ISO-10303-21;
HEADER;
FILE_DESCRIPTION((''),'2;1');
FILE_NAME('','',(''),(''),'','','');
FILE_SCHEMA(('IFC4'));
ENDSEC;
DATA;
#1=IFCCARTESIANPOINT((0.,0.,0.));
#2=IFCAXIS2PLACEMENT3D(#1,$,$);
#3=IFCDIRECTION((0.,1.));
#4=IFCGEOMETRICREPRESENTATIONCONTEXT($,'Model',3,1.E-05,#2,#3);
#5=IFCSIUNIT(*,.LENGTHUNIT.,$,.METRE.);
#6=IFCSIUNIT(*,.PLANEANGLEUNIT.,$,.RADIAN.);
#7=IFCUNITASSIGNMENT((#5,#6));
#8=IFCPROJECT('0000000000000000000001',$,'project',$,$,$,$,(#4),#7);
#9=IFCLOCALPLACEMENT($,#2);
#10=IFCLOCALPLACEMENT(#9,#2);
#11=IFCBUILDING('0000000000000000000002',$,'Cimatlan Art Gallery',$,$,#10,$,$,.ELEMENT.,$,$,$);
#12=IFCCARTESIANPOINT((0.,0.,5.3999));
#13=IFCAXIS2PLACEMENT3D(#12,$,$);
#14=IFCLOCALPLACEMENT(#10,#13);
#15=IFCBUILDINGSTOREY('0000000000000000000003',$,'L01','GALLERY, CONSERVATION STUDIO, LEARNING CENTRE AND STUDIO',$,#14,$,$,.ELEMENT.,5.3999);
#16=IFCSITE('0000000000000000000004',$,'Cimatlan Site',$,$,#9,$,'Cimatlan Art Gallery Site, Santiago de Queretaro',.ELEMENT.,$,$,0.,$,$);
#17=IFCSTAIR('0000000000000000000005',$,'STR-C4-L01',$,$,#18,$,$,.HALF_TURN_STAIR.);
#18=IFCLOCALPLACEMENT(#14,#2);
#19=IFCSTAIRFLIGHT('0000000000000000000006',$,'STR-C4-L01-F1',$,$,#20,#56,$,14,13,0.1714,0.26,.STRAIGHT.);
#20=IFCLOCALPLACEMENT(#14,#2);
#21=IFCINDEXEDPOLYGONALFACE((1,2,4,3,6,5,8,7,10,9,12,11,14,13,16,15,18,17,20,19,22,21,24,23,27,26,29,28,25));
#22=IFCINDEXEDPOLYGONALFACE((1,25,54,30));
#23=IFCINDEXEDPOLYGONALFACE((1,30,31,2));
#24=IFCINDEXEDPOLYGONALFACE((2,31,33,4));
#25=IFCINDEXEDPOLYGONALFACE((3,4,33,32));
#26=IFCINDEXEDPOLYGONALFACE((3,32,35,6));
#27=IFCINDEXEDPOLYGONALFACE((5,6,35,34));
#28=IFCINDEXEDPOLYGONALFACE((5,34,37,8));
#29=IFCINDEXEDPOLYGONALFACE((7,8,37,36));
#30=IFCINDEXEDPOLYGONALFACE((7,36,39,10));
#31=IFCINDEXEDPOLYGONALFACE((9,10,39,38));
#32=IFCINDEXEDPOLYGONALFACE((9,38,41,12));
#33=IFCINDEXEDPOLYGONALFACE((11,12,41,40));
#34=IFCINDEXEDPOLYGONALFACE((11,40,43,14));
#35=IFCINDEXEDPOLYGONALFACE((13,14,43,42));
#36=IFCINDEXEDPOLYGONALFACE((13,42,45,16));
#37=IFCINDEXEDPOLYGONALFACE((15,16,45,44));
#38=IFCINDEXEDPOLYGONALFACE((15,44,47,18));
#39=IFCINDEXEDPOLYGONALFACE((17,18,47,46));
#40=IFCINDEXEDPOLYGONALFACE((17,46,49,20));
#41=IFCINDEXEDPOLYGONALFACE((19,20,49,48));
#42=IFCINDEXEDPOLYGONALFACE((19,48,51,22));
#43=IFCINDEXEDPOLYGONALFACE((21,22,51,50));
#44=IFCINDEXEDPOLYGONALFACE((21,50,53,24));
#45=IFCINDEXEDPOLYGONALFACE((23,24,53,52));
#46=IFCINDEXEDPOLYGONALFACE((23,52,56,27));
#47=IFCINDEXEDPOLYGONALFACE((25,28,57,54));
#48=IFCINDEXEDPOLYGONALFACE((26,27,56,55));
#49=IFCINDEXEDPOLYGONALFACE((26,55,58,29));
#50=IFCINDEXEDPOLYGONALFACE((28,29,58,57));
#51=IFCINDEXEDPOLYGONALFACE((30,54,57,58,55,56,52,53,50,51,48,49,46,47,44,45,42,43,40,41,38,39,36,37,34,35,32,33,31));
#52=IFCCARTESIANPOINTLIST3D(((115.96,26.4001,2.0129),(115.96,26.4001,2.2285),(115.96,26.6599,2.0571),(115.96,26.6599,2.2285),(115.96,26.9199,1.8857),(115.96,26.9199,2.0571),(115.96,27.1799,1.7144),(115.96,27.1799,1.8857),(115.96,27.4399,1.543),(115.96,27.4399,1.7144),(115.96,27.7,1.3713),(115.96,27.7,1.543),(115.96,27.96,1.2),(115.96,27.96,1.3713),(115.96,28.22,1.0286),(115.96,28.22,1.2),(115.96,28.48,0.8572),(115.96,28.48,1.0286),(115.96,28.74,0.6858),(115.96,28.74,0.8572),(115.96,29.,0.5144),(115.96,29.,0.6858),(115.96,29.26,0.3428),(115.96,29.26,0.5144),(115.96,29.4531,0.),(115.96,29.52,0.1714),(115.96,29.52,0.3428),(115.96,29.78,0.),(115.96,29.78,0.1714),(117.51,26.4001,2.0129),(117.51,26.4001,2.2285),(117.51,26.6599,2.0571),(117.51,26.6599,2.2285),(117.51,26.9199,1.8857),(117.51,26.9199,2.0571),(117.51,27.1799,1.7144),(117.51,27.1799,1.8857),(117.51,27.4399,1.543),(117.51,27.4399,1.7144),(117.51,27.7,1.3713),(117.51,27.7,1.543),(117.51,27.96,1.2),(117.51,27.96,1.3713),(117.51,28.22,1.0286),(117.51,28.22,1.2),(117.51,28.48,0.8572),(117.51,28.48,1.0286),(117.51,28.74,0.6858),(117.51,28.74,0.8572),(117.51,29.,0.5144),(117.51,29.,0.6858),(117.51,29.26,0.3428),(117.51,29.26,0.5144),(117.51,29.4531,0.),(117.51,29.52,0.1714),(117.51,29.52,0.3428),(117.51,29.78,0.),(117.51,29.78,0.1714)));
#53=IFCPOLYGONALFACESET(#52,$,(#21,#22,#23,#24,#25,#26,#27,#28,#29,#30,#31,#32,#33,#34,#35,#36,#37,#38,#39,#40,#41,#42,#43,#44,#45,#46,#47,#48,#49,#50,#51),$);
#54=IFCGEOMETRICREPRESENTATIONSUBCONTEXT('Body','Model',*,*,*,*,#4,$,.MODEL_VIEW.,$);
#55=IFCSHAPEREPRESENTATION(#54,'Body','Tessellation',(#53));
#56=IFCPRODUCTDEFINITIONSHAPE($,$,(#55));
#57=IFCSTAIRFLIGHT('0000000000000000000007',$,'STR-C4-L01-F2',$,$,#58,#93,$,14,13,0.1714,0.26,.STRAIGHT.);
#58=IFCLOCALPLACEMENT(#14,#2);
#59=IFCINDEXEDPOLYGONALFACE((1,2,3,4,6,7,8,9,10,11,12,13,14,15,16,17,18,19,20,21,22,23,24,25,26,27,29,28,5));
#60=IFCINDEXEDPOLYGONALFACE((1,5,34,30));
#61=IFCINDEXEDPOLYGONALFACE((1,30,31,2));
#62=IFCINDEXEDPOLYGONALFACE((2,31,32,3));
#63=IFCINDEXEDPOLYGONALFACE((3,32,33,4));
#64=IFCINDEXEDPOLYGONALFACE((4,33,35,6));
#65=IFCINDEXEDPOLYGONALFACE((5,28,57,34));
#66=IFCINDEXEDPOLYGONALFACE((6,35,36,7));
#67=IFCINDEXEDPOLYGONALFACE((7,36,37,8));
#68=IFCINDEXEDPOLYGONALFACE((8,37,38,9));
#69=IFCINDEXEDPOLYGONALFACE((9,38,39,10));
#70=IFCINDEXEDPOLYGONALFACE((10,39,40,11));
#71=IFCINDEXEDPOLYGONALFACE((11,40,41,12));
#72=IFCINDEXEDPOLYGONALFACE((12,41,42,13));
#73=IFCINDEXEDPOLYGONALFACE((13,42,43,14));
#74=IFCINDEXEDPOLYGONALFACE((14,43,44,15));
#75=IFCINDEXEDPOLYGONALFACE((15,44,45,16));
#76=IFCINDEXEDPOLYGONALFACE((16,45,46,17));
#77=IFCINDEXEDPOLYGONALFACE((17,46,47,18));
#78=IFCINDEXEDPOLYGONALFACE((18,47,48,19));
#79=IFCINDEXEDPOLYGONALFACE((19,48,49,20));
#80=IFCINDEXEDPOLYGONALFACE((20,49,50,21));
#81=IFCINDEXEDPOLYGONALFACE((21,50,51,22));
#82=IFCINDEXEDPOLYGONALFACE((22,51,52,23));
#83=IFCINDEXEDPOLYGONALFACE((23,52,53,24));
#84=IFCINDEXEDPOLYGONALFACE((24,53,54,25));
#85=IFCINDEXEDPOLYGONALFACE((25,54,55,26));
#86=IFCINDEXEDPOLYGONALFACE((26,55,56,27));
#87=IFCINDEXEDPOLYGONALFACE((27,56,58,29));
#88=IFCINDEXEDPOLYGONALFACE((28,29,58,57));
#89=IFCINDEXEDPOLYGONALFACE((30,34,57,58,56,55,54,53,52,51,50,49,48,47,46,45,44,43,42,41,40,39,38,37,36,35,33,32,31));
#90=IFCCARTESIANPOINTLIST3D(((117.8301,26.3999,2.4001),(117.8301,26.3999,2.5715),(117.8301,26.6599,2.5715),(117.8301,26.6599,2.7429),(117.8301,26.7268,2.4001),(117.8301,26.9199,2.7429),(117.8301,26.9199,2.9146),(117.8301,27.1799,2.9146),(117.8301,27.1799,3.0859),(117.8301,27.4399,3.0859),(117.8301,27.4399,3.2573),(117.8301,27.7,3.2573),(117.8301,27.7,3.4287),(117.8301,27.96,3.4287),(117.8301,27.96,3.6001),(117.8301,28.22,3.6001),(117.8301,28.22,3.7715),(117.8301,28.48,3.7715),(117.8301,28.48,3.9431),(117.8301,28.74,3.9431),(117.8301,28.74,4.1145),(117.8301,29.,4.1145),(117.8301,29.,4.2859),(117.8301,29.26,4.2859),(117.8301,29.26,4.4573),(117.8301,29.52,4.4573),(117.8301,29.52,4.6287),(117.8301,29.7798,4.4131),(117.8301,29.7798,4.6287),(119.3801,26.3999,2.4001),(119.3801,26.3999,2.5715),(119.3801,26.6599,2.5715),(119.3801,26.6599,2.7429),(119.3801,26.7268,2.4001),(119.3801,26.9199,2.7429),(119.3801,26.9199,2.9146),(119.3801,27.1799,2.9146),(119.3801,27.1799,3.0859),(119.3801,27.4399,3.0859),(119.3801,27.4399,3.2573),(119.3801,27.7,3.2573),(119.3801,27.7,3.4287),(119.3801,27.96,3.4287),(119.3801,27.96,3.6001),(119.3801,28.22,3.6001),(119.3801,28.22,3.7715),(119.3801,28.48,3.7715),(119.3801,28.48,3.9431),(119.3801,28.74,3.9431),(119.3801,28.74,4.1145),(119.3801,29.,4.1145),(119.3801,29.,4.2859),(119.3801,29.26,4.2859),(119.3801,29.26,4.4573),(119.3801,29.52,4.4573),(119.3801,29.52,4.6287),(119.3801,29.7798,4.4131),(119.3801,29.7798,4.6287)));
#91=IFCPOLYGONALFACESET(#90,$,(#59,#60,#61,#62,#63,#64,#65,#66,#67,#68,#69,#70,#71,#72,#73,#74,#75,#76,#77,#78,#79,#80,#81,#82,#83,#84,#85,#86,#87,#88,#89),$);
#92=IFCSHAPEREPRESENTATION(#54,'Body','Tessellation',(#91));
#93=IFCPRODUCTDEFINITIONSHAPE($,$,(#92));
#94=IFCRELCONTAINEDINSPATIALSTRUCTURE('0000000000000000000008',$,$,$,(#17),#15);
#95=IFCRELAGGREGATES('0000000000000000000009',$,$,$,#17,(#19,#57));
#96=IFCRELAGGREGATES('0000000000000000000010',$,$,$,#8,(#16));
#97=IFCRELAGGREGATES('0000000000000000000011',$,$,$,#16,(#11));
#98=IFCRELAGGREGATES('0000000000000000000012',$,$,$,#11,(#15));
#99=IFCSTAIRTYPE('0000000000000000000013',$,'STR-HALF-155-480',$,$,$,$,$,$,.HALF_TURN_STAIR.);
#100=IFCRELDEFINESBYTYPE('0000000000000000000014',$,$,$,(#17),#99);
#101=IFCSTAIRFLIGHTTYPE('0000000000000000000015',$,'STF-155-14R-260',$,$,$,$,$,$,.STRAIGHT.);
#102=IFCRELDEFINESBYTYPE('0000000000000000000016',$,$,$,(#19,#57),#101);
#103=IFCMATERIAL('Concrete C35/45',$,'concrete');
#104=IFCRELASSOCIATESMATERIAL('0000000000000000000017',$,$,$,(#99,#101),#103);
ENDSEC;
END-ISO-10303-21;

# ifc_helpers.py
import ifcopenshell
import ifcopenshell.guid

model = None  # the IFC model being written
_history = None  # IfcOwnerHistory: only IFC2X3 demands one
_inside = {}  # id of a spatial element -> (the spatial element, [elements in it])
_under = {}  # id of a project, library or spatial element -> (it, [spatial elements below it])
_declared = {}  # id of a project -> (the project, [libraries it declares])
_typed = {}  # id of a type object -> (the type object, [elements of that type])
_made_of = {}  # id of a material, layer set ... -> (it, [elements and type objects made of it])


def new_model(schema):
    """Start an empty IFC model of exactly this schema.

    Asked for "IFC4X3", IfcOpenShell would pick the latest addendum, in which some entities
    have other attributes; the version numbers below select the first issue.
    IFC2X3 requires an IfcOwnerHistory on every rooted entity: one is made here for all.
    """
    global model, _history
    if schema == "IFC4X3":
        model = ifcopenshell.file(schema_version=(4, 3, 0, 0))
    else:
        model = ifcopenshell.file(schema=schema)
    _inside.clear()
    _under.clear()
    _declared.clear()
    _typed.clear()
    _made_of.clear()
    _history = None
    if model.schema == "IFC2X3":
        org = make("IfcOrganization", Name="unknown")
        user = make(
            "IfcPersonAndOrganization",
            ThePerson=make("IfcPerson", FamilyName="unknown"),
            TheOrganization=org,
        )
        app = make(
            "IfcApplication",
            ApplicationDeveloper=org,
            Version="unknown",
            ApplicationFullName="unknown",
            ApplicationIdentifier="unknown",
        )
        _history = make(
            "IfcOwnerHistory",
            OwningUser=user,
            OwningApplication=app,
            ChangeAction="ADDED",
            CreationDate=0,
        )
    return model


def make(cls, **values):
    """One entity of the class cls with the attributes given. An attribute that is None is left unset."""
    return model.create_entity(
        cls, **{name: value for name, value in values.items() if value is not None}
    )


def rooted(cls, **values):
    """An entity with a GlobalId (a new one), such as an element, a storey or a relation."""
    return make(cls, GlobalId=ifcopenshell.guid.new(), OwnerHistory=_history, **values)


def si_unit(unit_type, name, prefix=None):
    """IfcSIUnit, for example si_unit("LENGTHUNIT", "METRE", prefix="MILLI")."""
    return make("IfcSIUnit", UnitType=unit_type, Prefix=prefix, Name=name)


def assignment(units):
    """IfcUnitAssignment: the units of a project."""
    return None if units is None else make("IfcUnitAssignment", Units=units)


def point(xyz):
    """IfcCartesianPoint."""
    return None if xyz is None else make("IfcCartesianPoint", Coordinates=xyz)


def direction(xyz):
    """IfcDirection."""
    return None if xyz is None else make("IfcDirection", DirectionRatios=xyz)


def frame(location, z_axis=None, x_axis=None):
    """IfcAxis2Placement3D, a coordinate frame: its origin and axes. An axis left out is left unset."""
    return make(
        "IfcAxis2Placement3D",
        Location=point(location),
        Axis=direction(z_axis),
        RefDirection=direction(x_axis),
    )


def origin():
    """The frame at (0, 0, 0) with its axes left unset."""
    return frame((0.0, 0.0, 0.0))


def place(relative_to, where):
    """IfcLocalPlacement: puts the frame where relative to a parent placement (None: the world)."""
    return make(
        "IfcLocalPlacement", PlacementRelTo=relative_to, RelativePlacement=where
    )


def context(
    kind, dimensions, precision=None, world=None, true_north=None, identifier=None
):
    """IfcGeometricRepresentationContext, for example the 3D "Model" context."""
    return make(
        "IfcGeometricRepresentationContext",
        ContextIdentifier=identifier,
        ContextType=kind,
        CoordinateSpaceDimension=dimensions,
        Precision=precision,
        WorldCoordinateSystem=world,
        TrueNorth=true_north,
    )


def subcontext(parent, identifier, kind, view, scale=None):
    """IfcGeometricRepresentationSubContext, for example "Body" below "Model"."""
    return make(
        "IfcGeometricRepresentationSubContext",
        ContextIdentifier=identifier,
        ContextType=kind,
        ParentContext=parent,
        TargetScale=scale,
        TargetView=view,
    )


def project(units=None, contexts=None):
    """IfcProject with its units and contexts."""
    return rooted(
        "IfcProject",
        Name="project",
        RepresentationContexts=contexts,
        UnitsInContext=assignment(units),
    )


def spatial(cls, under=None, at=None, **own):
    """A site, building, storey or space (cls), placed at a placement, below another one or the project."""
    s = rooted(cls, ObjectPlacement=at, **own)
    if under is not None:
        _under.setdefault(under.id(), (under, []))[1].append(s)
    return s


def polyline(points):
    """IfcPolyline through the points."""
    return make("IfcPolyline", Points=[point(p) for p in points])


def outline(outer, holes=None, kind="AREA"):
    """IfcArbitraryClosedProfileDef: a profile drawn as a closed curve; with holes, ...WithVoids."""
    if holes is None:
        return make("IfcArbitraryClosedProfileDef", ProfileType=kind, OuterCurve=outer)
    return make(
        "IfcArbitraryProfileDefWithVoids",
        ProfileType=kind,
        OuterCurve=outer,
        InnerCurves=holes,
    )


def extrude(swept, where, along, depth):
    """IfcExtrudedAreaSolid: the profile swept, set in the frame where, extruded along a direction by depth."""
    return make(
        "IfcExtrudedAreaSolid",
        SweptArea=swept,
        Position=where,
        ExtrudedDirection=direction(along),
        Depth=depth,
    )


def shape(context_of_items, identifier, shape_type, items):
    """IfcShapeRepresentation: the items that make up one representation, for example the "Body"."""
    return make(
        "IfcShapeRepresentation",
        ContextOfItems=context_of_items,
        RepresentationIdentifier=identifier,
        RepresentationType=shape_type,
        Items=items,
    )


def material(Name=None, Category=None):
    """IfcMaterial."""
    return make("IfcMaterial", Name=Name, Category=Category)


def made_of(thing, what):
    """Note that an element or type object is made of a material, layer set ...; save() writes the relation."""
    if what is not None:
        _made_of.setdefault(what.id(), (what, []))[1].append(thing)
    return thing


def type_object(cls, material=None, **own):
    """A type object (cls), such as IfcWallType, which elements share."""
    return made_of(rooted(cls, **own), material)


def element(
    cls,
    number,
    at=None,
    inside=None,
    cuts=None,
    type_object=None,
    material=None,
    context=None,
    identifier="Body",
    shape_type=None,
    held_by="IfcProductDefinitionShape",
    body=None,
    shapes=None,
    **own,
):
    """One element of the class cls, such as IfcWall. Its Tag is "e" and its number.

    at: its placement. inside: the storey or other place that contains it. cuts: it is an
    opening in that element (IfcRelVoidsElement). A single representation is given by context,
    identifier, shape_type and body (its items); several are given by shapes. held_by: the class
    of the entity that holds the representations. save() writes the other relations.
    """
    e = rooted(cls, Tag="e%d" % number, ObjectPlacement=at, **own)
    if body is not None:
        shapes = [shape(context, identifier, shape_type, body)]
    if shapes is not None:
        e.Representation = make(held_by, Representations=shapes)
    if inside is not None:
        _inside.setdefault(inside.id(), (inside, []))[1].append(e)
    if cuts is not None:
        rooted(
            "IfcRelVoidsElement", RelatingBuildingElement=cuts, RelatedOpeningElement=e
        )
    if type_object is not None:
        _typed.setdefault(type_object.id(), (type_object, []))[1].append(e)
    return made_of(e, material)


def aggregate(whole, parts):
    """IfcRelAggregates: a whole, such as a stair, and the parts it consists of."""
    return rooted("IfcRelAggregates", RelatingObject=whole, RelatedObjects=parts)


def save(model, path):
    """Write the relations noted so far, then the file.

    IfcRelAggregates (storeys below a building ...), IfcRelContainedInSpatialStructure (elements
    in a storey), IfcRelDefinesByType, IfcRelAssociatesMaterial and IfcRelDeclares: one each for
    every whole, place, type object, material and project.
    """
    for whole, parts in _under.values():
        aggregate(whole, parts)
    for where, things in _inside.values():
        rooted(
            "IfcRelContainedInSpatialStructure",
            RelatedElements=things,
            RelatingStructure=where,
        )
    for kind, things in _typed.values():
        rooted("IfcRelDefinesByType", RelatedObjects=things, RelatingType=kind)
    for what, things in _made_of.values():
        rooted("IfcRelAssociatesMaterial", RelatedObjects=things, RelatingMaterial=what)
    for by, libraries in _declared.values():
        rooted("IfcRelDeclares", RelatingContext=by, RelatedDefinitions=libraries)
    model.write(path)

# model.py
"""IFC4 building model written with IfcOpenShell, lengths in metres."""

from ifc_helpers import new_model, si_unit, direction, frame, origin, place, context, subcontext, project, spatial, polyline, outline, extrude, material, type_object, element, aggregate, save


model = new_model("IFC4")

# Units and contexts
model_context = context("Model", 3, precision=1e-05, world=origin(), true_north=direction((0.0, 1.0)))
body_context = subcontext(model_context, "Body", "Model", "MODEL_VIEW")
ifc_project = project(units=[si_unit("LENGTHUNIT", "METRE"), si_unit("PLANEANGLEUNIT", "RADIAN")], contexts=[model_context])

# Site, building, storey
site_placement = place(None, origin())
site = spatial("IfcSite", under=ifc_project, at=site_placement, Name="Cimatlan Site", LongName="Cimatlan Art Gallery Site, Santiago de Queretaro", CompositionType="ELEMENT", RefElevation=0.0)
building_placement = place(site_placement, origin())
building = spatial("IfcBuilding", under=site, at=building_placement, Name="Cimatlan Art Gallery", CompositionType="ELEMENT")
storey_placement = place(building_placement, frame((0.0, 0.0, 5.3999)))
storey = spatial("IfcBuildingStorey", under=building, at=storey_placement, Name="L01", Description="GALLERY, CONSERVATION STUDIO, LEARNING CENTRE AND STUDIO", CompositionType="ELEMENT", Elevation=5.3999)

# Stair, stair flights
ifc_material_1 = material(Name="Concrete C35/45", Category="concrete")
stair_type = type_object("IfcStairType", Name="STR-HALF-155-480", PredefinedType="HALF_TURN_STAIR", material=ifc_material_1)
stair_placement = place(storey_placement, origin())
stair = element("IfcStair", 1, at=stair_placement, inside=storey, type_object=stair_type, Name="STR-C4-L01", PredefinedType="HALF_TURN_STAIR")
stair_flight_type = type_object("IfcStairFlightType", Name="STF-155-14R-260", PredefinedType="STRAIGHT", material=ifc_material_1)
stair_flight_1_placement = place(storey_placement, frame((116.7351, 29.78, 0.0), z_axis=(0.0, 0.0, 1.0), x_axis=(0.0, -1.0, 0.0)))
stair_flight_1 = element("IfcStairFlight", 2, at=stair_flight_1_placement, type_object=stair_flight_type, Name="STR-C4-L01-F1", NumberOfRisers=14, NumberOfTreads=13, PredefinedType="STRAIGHT", RiserHeight=0.1714, TreadLength=0.26, context=body_context, shape_type="SweptSolid", body=[
    extrude(outline(polyline([(0.0, 0.0), (0.0, 0.1714), (0.26, 0.1714), (0.26, 0.3428), (0.52, 0.3428), (0.52, 0.5144), (0.78, 0.5144), (0.78, 0.6858), (1.04, 0.6858), (1.04, 0.8572), (1.3, 0.8572), (1.3, 1.0286), (1.5601, 1.0286), (1.5601, 1.2), (1.8201, 1.2), (1.8201, 1.3713), (2.0801, 1.3713), (2.0801, 1.543), (2.3401, 1.543), (2.3401, 1.7144), (2.6001, 1.7144), (2.6001, 1.8857), (2.8601, 1.8857), (2.8601, 2.0571), (3.1201, 2.0571), (3.1201, 2.2285), (3.3799, 2.2285), (3.3799, 2.3999), (3.3799, 2.0129), (0.3269, 0.0), (0.0, 0.0)])), frame((0.0, 0.7749, 0.0), z_axis=(0.0, -1.0, 0.0), x_axis=(1.0, 0.0, 0.0)), (0.0, 0.0, 1.0), 1.55),
])
stair_flight_2_placement = place(storey_placement, frame((118.605, 26.3999, 2.4001), z_axis=(0.0, 0.0, 1.0), x_axis=(0.0, 1.0, 0.0)))
stair_flight_2 = element("IfcStairFlight", 3, at=stair_flight_2_placement, type_object=stair_flight_type, Name="STR-C4-L01-F2", NumberOfRisers=14, NumberOfTreads=13, PredefinedType="STRAIGHT", RiserHeight=0.1714, TreadLength=0.26, context=body_context, shape_type="SweptSolid", body=[
    extrude(outline(polyline([(0.0, 0.0), (0.0, 0.1714), (0.26, 0.1714), (0.26, 0.3428), (0.52, 0.3428), (0.52, 0.5144), (0.78, 0.5144), (0.78, 0.6858), (1.04, 0.6858), (1.04, 0.8572), (1.3, 0.8572), (1.3, 1.0286), (1.5601, 1.0286), (1.5601, 1.2), (1.8201, 1.2), (1.8201, 1.3713), (2.0801, 1.3713), (2.0801, 1.543), (2.3401, 1.543), (2.3401, 1.7144), (2.6001, 1.7144), (2.6001, 1.8857), (2.8601, 1.8857), (2.8601, 2.0571), (3.1201, 2.0571), (3.1201, 2.2285), (3.3799, 2.2285), (3.3799, 2.3999), (3.3799, 2.0129), (0.3269, 0.0), (0.0, 0.0)])), frame((0.0, 0.7749, 0.0), z_axis=(0.0, -1.0, 0.0), x_axis=(1.0, 0.0, 0.0)), (0.0, 0.0, 1.0), 1.55),
])
aggregate(stair, [stair_flight_1, stair_flight_2])

save(model, "model.ifc")
